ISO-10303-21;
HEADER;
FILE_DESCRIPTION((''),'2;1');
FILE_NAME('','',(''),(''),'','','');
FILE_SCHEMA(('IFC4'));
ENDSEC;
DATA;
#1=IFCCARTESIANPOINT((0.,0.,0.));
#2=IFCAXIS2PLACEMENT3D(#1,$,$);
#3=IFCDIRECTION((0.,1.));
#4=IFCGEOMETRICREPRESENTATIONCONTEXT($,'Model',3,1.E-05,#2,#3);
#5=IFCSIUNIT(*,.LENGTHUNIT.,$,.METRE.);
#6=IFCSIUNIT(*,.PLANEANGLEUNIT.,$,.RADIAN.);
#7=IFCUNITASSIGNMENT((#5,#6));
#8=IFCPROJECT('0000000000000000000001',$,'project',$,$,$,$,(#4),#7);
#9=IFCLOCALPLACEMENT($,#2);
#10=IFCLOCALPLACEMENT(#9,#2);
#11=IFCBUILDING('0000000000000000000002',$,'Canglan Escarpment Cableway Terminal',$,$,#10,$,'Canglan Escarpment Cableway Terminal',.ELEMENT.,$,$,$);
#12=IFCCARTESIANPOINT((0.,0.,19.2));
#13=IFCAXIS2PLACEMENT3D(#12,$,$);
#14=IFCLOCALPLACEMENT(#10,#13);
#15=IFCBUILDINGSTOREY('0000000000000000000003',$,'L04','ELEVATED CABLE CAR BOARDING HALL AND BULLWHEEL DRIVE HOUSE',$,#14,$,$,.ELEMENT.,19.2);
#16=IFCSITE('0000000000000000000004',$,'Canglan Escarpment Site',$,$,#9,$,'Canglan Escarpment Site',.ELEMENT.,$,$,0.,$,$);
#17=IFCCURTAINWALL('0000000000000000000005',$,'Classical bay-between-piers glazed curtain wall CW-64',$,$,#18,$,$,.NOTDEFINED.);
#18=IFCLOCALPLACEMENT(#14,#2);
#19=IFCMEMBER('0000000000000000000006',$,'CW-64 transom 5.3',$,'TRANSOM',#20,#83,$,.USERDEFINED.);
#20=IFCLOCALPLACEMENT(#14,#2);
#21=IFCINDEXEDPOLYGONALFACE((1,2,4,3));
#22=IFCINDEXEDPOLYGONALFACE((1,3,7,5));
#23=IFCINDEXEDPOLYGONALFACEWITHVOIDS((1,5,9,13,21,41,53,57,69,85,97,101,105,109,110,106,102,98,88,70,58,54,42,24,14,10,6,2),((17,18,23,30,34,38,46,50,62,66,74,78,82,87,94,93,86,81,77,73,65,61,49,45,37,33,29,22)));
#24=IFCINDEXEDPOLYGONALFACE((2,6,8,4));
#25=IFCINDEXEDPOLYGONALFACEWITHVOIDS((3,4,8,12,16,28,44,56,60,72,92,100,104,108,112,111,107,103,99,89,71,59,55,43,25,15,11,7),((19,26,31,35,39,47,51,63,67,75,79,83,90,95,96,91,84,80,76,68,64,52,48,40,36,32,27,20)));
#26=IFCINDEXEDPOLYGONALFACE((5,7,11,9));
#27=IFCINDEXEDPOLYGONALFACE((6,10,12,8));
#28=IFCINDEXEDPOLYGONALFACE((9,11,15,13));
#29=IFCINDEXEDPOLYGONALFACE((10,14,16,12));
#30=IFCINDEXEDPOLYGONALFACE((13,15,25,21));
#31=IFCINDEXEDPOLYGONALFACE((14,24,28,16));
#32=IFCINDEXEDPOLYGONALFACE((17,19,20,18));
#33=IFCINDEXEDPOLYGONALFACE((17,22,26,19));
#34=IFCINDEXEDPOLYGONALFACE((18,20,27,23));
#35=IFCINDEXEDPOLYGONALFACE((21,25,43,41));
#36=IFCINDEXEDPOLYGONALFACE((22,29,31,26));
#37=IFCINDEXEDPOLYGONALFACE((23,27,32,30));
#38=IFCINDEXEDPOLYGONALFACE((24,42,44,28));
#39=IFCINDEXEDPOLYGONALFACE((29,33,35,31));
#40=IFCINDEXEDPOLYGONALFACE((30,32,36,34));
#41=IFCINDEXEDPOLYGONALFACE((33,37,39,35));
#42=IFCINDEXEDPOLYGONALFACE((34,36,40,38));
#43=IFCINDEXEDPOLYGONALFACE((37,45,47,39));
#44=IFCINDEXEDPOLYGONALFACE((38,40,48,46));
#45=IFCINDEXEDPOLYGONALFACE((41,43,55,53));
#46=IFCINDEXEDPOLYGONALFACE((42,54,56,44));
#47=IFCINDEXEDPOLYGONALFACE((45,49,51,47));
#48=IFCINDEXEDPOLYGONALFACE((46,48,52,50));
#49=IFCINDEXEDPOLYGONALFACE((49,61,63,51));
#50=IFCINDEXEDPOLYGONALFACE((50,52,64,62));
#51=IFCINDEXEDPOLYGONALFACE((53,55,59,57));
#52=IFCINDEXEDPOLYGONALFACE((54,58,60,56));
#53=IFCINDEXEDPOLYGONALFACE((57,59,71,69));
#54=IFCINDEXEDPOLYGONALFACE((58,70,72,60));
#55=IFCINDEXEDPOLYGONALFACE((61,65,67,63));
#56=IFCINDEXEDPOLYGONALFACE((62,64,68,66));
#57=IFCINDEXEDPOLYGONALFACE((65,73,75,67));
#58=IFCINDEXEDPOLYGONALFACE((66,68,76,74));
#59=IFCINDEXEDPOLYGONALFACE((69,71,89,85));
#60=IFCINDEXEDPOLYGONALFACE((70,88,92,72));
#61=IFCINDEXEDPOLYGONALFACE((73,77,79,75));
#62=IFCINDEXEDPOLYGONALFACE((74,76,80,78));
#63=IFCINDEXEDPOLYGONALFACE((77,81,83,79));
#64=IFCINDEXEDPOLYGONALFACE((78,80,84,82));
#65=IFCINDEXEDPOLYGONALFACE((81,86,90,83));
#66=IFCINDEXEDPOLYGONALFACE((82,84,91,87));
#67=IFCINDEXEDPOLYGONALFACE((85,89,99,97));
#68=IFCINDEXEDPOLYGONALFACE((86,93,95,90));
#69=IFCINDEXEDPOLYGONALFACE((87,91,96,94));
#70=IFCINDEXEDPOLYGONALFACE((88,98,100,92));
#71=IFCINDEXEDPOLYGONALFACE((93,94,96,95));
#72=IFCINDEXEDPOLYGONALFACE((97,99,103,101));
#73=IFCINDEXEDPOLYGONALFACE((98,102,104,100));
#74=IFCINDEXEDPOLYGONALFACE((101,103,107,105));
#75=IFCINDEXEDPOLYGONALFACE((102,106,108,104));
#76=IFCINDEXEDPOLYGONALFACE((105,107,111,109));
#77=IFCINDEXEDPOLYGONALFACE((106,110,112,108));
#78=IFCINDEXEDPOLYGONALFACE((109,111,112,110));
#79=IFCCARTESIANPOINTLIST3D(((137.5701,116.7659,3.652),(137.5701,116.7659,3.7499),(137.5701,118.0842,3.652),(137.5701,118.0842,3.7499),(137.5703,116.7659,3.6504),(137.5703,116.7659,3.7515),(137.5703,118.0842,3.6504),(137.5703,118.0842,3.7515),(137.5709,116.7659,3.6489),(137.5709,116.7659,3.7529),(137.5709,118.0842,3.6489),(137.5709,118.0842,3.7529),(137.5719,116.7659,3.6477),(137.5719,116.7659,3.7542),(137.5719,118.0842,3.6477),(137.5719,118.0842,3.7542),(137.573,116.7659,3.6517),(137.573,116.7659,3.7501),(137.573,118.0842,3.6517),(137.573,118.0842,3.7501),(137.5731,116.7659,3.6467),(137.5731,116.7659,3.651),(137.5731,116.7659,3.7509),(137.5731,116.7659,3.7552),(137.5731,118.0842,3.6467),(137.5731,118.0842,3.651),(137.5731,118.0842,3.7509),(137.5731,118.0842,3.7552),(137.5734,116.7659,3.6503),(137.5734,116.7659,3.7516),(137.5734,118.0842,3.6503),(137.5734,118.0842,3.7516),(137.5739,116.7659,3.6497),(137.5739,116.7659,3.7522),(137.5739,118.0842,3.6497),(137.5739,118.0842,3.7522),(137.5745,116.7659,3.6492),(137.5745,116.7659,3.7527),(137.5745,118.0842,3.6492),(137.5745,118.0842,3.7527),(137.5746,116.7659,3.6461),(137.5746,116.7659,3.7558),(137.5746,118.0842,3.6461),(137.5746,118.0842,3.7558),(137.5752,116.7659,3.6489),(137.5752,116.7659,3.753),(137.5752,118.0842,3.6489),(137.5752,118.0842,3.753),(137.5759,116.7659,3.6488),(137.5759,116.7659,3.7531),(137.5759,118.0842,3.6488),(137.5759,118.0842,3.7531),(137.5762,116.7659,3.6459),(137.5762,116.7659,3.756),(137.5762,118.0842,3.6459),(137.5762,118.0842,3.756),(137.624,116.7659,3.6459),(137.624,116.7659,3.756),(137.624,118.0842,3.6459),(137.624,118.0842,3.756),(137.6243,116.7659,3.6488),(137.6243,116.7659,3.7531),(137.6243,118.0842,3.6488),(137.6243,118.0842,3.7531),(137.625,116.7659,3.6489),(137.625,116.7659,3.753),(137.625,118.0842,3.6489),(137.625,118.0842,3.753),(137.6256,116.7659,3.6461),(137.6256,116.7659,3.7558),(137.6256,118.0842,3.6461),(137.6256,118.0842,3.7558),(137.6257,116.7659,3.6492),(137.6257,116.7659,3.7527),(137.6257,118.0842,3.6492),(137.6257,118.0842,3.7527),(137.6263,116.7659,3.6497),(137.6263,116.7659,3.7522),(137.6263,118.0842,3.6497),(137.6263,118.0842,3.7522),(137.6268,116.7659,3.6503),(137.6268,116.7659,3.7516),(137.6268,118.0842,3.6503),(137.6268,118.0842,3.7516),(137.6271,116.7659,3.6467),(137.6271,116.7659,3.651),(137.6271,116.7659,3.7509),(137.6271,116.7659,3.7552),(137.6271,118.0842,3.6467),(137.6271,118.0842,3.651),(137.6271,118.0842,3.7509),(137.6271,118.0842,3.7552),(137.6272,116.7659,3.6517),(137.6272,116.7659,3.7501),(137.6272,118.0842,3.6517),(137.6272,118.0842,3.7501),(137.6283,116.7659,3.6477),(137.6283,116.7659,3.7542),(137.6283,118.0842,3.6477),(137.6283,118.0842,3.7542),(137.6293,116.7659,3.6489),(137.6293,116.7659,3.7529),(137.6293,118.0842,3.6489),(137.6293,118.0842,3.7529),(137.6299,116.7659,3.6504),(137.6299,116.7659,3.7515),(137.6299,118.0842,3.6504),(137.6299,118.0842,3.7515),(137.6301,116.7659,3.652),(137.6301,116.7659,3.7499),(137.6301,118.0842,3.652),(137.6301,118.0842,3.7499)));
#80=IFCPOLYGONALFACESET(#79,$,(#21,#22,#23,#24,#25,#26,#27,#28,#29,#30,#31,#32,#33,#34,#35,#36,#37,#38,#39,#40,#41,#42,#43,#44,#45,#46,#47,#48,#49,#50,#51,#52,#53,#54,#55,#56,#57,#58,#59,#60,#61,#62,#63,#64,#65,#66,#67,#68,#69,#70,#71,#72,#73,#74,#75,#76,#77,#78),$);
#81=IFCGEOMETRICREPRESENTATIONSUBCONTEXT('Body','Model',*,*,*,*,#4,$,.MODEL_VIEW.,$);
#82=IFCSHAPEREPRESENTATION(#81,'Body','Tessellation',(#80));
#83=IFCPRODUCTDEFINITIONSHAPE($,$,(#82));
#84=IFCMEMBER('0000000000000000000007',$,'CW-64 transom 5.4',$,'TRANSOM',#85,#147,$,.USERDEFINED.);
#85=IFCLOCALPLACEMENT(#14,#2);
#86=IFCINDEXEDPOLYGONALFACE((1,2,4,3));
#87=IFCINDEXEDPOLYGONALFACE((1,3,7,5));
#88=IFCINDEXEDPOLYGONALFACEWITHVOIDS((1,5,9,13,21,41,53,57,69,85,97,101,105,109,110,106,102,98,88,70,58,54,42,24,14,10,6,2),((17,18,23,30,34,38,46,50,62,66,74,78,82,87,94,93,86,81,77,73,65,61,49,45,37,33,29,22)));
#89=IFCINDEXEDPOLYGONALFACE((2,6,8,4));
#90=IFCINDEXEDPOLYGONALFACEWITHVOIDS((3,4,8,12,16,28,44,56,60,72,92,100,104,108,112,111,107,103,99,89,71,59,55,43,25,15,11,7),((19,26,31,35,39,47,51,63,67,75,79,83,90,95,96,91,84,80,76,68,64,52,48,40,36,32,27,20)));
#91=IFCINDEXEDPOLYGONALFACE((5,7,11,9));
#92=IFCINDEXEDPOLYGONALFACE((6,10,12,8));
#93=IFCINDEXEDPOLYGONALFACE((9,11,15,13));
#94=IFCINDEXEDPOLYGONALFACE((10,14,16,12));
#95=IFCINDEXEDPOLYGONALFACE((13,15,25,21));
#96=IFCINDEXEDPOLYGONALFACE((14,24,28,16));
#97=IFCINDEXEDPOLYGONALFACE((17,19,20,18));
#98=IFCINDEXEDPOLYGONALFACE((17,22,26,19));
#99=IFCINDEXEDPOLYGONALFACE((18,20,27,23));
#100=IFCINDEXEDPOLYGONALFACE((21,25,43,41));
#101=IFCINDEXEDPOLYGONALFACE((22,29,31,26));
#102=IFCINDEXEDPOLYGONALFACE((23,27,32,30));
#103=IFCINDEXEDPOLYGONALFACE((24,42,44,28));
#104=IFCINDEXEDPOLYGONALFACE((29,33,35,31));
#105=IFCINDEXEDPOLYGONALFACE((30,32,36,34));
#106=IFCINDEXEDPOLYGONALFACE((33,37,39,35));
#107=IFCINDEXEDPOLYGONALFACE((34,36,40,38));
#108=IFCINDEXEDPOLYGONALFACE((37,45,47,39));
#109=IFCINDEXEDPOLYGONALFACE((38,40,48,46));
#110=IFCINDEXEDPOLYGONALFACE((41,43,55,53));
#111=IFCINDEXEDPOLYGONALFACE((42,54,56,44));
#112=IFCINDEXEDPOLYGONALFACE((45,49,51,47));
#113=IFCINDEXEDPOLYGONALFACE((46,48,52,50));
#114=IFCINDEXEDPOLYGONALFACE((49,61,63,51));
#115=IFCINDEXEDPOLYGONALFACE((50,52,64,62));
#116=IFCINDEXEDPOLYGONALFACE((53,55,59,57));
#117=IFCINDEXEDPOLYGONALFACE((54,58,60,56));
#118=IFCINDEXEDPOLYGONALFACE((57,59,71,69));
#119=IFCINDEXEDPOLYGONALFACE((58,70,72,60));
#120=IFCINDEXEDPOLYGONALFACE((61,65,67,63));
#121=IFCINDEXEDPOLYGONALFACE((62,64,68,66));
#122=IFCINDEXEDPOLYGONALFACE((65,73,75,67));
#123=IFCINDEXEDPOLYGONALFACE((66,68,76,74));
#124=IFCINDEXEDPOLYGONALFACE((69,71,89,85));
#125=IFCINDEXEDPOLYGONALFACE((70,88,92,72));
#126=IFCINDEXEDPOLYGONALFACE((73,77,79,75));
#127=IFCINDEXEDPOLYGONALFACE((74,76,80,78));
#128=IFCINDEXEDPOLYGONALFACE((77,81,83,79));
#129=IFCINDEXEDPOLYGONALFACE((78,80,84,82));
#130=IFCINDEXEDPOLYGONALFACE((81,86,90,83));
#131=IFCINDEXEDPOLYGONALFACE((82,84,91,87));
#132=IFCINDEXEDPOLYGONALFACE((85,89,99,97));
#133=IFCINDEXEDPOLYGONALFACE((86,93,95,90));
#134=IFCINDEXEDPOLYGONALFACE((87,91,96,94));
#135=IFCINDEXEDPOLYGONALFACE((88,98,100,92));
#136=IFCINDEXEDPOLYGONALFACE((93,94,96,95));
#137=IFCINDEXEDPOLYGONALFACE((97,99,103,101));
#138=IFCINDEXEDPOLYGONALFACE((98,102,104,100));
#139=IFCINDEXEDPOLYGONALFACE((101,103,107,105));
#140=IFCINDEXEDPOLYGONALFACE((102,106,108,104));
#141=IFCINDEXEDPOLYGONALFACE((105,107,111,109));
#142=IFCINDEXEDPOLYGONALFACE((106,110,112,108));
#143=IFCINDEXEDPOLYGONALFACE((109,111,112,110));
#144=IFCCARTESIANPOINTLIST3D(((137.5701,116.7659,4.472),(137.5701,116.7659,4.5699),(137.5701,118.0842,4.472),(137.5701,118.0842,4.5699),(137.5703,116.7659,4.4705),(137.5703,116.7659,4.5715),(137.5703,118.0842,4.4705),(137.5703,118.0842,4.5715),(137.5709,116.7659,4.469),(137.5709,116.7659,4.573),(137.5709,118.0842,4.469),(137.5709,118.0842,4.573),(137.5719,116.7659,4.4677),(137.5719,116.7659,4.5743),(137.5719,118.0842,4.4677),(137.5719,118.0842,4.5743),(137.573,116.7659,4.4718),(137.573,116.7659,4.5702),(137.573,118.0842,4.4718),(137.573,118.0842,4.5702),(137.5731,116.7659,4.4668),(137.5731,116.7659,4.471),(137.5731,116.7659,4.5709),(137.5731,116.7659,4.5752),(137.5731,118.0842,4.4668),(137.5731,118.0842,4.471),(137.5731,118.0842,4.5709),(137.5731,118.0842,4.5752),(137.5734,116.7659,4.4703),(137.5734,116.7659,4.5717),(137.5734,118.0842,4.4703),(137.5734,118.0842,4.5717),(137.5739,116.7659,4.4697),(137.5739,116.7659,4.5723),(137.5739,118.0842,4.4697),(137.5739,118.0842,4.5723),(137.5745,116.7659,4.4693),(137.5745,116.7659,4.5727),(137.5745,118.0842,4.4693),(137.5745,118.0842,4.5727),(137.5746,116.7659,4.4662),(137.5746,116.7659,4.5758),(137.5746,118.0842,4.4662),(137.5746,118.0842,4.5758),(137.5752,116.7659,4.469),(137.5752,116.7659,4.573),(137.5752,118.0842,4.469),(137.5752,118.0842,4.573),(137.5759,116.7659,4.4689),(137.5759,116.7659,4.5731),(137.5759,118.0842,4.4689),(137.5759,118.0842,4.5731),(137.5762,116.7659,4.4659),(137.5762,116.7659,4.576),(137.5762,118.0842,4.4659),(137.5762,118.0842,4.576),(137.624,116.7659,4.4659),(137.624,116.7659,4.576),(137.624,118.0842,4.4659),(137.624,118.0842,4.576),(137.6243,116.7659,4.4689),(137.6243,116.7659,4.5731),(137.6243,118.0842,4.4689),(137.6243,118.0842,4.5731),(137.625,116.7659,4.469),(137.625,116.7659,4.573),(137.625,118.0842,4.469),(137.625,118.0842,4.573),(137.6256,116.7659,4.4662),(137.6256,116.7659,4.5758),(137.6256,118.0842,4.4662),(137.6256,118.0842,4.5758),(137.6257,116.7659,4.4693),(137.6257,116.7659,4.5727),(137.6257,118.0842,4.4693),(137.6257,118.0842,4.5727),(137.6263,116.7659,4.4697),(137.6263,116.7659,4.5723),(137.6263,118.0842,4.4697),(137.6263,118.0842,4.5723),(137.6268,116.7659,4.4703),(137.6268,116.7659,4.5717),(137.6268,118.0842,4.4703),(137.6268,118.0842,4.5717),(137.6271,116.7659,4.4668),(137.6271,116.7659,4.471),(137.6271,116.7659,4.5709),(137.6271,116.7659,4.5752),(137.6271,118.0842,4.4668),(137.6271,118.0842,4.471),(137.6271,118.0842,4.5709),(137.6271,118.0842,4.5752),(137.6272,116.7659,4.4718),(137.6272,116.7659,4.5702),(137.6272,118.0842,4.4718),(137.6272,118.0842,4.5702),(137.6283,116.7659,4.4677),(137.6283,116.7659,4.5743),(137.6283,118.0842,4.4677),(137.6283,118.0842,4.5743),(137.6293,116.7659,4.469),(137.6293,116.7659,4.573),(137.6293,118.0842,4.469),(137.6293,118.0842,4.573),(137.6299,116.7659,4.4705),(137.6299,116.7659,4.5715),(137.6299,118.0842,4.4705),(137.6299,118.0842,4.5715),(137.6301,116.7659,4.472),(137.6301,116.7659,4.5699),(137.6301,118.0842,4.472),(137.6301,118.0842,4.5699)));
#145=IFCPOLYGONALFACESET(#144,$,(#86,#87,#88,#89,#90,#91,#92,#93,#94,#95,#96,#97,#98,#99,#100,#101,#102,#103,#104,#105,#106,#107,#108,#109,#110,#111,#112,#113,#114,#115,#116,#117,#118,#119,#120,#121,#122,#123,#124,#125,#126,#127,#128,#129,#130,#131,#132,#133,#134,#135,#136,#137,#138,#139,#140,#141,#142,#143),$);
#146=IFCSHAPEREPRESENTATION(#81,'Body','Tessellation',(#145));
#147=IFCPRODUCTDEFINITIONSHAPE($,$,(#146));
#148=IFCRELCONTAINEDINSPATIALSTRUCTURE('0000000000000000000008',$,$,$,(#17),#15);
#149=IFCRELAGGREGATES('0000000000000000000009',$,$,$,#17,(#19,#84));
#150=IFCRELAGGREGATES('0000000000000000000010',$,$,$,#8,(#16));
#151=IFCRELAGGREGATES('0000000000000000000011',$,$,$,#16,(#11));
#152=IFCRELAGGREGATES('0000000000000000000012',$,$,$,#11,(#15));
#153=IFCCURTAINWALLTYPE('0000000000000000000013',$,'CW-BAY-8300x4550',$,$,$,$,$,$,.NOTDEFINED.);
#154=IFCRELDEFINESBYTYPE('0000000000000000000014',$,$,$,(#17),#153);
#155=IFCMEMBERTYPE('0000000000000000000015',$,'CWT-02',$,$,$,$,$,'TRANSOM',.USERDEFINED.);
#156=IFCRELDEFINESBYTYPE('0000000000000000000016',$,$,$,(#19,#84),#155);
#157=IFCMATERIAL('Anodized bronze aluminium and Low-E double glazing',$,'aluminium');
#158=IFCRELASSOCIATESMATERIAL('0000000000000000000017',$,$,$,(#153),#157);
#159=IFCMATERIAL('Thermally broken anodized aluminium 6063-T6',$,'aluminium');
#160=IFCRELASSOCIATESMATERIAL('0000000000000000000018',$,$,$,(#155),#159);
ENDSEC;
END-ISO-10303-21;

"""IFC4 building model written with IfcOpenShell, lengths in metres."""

from ifc_helpers import new_model, si_unit, direction, frame, origin, origin_2d, place, context, subcontext, project, spatial, hollow_rectangle, extrude, material, material_profile, profile_set, type_object, element, aggregate, save


model = new_model("IFC4")

# Units and contexts
model_context = context("Model", 3, precision=1e-05, world=origin(), true_north=direction((0.0, 1.0)))
body_context = subcontext(model_context, "Body", "Model", "MODEL_VIEW")
ifc_project = project(units=[si_unit("LENGTHUNIT", "METRE"), si_unit("PLANEANGLEUNIT", "RADIAN")], contexts=[model_context])

# Site, building, storey
site_placement = place(None, origin())
site = spatial("IfcSite", under=ifc_project, at=site_placement, Name="Canglan Escarpment Site", LongName="Canglan Escarpment Site", CompositionType="ELEMENT", RefElevation=0.0)
building_placement = place(site_placement, origin())
building = spatial("IfcBuilding", under=site, at=building_placement, Name="Canglan Escarpment Cableway Terminal", LongName="Canglan Escarpment Cableway Terminal", CompositionType="ELEMENT")
storey_placement = place(building_placement, frame((0.0, 0.0, 19.2)))
storey = spatial("IfcBuildingStorey", under=building, at=storey_placement, Name="L04", Description="ELEVATED CABLE CAR BOARDING HALL AND BULLWHEEL DRIVE HOUSE", CompositionType="ELEMENT", Elevation=19.2)

# Curtain wall, members
ifc_material_1 = material(Name="Anodized bronze aluminium and Low-E double glazing", Category="aluminium")
curtain_wall_type = type_object("IfcCurtainWallType", Name="CW-BAY-8300x4550", PredefinedType="NOTDEFINED", material=ifc_material_1)
curtain_wall_placement = place(storey_placement, origin())
curtain_wall = element("IfcCurtainWall", 1, at=curtain_wall_placement, inside=storey, type_object=curtain_wall_type, Name="Classical bay-between-piers glazed curtain wall CW-64", PredefinedType="NOTDEFINED")
ifc_material_2 = material(Name="Thermally broken anodized aluminium 6063-T6", Category="aluminium")
ifc_material_profile_1 = material_profile(ifc_material_2, hollow_rectangle(XDim=0.0601, YDim=0.1101, WallThickness=0.0029, InnerFilletRadius=0.0029, OuterFilletRadius=0.0061, at=origin_2d()), Name="ALU-TRAN 60x110x3")
ifc_profile_set_1 = profile_set([ifc_material_profile_1], Name="Thermally broken anodized aluminium 6063-T6")
member_type_1 = type_object("IfcMemberType", Name="CWT-02", ElementType="TRANSOM", PredefinedType="USERDEFINED", material=ifc_profile_set_1)
member_1_placement = place(storey_placement, frame((137.6001, 118.0842, 3.7009), z_axis=(0.0, -1.0, 0.0), x_axis=(1.0, 0.0, 0.0)))
member_1 = element("IfcMember", 2, at=member_1_placement, type_object=member_type_1, Name="CW-64 transom 5.3", ObjectType="TRANSOM", PredefinedType="USERDEFINED", context=body_context, shape_type="SweptSolid", body=[
    extrude(hollow_rectangle(XDim=0.0601, YDim=0.1101, WallThickness=0.0029, InnerFilletRadius=0.0029, OuterFilletRadius=0.0061, at=origin_2d()), origin(), (0.0, 0.0, 1.0), 1.3184),
])
member_2_placement = place(storey_placement, frame((137.6001, 118.0842, 4.521), z_axis=(0.0, -1.0, 0.0), x_axis=(1.0, 0.0, 0.0)))
member_2 = element("IfcMember", 3, at=member_2_placement, type_object=member_type_1, Name="CW-64 transom 5.4", ObjectType="TRANSOM", PredefinedType="USERDEFINED", context=body_context, shape_type="SweptSolid", body=[
    extrude(hollow_rectangle(XDim=0.0601, YDim=0.1101, WallThickness=0.0029, InnerFilletRadius=0.0029, OuterFilletRadius=0.0061, at=origin_2d()), origin(), (0.0, 0.0, 1.0), 1.3184),
])
aggregate(curtain_wall, [member_1, member_2])

save(model, "model.ifc")
